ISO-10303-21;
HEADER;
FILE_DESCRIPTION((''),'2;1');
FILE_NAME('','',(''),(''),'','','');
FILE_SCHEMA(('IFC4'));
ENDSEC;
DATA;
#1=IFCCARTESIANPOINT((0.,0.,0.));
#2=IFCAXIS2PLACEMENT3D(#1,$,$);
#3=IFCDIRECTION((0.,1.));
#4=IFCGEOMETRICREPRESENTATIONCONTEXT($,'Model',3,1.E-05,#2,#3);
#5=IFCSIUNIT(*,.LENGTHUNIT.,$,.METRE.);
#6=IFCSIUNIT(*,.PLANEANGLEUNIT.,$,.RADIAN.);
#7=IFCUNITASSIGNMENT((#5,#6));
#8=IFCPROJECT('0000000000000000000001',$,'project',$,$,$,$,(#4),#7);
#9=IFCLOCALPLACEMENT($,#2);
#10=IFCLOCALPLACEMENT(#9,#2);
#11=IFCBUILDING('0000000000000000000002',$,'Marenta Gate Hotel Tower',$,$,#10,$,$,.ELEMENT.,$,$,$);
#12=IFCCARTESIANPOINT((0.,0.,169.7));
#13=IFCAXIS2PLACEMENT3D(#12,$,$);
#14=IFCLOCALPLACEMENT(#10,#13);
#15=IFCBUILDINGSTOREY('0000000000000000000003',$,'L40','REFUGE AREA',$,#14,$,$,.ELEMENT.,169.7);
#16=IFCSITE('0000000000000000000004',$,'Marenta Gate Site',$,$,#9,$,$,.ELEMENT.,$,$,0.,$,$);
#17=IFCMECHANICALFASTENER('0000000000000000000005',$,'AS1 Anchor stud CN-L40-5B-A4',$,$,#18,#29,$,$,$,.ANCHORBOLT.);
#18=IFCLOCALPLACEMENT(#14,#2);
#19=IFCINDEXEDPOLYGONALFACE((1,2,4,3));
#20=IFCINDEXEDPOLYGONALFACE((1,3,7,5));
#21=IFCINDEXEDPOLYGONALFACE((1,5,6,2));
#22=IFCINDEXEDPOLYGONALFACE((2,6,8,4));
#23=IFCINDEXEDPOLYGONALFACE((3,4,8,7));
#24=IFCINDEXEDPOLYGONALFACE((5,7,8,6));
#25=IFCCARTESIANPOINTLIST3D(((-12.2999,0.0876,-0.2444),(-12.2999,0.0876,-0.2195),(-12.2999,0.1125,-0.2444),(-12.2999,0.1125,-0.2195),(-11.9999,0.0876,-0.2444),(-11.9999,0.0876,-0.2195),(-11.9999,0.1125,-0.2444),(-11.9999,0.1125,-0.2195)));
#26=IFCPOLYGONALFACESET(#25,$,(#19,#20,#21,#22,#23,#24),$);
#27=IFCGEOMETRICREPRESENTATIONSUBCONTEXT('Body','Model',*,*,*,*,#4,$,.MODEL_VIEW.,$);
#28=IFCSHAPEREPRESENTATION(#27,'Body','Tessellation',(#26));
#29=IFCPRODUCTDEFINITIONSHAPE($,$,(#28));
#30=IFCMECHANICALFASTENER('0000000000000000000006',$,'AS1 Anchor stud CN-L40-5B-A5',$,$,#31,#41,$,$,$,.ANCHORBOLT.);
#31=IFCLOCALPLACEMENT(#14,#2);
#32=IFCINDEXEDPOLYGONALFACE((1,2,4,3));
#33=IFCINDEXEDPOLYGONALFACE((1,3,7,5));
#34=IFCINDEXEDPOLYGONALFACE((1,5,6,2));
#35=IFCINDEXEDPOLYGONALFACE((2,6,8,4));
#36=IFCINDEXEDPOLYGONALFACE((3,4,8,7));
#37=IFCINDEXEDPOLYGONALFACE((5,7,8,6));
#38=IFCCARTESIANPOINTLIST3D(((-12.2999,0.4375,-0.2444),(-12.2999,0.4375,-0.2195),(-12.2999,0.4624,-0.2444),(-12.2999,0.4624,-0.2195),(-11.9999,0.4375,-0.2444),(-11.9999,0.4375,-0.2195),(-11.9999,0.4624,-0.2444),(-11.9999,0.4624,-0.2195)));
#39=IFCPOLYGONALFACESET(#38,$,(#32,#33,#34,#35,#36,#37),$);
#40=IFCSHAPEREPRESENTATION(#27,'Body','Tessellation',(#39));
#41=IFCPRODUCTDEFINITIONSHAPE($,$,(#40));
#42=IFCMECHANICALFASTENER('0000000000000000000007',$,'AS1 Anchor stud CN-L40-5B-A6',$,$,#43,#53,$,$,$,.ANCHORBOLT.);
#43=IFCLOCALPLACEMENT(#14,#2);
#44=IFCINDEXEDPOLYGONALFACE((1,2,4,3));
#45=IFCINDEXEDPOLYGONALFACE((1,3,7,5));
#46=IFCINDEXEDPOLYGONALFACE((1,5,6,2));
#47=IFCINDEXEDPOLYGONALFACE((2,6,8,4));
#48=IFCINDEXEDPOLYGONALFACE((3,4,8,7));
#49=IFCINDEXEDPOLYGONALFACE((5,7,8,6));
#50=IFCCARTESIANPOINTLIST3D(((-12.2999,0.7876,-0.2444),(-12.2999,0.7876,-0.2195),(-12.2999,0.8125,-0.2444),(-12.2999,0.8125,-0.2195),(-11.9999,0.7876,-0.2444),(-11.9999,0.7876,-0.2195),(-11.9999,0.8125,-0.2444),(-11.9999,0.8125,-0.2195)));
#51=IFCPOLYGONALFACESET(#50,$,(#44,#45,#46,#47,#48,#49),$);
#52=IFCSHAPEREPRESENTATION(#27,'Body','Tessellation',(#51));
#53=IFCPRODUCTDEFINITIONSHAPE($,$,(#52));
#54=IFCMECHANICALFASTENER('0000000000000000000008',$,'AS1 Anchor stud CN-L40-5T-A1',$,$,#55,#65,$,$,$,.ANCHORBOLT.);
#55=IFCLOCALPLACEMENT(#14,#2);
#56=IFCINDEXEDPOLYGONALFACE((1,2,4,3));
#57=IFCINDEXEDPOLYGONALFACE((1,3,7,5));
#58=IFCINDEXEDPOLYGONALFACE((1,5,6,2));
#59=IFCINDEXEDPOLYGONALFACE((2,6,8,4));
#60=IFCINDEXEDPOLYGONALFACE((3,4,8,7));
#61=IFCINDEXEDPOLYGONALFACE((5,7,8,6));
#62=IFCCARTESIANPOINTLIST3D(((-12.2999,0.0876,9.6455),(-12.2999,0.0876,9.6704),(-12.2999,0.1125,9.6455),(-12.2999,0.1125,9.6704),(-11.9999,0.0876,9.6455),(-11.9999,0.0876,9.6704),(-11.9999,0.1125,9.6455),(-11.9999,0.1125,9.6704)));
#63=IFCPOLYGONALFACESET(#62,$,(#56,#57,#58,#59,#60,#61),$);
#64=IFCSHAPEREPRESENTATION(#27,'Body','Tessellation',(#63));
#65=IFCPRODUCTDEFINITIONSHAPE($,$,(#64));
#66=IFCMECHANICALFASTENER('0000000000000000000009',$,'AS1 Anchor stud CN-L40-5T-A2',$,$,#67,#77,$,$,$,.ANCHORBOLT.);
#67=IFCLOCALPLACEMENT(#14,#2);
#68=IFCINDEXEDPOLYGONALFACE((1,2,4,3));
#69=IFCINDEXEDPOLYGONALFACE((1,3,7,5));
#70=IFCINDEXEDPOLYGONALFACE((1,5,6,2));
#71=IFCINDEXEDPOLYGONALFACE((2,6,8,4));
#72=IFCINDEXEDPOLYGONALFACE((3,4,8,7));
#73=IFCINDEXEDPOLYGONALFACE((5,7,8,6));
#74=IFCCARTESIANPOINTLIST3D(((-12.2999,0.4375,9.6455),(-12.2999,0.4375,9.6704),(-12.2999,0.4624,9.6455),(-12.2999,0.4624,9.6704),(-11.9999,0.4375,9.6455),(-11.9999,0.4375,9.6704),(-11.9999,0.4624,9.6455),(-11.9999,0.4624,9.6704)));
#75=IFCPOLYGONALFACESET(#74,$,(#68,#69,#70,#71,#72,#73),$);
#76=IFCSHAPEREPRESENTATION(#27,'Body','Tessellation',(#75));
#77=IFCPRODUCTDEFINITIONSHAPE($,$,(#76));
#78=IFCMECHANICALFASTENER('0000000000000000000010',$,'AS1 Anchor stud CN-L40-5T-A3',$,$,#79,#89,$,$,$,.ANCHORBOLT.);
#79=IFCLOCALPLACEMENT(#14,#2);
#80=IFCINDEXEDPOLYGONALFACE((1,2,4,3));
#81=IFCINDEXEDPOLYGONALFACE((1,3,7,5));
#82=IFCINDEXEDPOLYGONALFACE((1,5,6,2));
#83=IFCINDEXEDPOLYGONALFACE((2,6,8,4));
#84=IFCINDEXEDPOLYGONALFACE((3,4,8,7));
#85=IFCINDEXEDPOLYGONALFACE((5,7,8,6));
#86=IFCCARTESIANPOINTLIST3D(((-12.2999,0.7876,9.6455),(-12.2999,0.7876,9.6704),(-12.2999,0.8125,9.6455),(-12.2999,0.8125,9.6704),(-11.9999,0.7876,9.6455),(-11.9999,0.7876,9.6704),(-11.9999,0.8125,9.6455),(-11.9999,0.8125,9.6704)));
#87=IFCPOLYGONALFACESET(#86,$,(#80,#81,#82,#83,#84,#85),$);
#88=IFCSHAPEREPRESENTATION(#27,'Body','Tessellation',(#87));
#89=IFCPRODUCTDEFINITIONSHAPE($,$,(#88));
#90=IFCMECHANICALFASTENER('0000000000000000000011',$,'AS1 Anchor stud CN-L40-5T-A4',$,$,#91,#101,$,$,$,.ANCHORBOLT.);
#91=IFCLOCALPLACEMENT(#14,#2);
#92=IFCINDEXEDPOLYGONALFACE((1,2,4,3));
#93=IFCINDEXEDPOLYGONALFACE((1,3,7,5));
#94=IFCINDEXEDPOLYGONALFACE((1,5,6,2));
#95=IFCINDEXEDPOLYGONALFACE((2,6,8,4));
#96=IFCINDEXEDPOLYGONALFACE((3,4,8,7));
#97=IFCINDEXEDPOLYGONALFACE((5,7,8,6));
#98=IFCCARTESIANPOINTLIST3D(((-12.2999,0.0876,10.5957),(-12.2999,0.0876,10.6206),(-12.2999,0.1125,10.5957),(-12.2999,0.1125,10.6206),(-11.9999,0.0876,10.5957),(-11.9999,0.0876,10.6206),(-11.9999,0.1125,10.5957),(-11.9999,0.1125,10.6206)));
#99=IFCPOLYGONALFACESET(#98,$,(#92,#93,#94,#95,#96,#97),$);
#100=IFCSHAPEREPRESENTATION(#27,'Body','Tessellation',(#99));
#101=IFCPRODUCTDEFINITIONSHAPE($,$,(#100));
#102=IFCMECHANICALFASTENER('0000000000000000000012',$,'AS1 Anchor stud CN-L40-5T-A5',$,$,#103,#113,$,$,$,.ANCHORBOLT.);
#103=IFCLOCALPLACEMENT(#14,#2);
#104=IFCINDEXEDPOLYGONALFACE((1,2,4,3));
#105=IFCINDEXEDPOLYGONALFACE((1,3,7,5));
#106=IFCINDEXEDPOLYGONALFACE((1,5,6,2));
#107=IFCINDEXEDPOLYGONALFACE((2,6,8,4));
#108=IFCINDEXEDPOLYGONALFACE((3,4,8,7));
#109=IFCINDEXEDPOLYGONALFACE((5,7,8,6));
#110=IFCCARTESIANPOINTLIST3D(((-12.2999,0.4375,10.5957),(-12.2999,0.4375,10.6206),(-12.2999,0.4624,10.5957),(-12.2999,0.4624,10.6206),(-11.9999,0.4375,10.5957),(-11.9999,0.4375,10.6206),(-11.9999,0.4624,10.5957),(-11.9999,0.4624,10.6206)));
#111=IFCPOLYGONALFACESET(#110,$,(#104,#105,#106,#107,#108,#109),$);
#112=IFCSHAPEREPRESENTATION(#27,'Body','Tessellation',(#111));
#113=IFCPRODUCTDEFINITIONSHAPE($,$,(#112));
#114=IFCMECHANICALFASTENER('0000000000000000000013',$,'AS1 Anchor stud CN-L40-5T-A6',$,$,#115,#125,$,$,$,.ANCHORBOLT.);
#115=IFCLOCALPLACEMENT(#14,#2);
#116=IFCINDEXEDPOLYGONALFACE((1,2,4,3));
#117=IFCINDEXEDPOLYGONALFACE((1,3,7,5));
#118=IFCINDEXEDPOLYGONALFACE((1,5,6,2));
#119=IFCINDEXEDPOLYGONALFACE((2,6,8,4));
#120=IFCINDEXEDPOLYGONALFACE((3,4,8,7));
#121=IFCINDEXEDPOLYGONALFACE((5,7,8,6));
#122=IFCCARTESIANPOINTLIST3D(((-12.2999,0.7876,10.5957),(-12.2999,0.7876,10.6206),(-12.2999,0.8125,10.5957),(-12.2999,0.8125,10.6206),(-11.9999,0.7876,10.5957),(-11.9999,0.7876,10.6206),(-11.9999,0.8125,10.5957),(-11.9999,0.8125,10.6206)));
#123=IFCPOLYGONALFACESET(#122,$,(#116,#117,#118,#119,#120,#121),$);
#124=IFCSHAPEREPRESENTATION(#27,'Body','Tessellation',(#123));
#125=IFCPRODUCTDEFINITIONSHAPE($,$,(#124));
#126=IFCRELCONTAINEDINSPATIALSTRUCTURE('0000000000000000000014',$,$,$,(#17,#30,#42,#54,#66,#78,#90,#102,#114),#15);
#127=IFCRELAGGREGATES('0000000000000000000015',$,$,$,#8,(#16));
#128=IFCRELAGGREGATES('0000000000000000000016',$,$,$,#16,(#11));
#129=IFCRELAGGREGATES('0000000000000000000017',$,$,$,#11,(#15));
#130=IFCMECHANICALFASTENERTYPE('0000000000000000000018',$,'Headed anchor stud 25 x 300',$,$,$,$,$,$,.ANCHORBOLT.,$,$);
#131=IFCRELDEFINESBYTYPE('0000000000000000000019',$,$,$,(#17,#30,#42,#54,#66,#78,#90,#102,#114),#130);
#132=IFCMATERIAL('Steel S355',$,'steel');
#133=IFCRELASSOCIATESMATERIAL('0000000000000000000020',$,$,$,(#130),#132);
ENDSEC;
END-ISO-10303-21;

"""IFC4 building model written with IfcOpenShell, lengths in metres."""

from ifc_helpers import new_model, si_unit, direction, frame, origin, origin_2d, place, context, subcontext, project, spatial, rectangle, extrude, material, type_object, element, save


model = new_model("IFC4")

# Units and contexts
model_context = context("Model", 3, precision=1e-05, world=origin(), true_north=direction((0.0, 1.0)))
body_context = subcontext(model_context, "Body", "Model", "MODEL_VIEW")
ifc_project = project(units=[si_unit("LENGTHUNIT", "METRE"), si_unit("PLANEANGLEUNIT", "RADIAN")], contexts=[model_context])

# Site, building, storey
site_placement = place(None, origin())
site = spatial("IfcSite", under=ifc_project, at=site_placement, Name="Marenta Gate Site", CompositionType="ELEMENT", RefElevation=0.0)
building_placement = place(site_placement, origin())
building = spatial("IfcBuilding", under=site, at=building_placement, Name="Marenta Gate Hotel Tower", CompositionType="ELEMENT")
storey_placement = place(building_placement, frame((0.0, 0.0, 169.7)))
storey = spatial("IfcBuildingStorey", under=building, at=storey_placement, Name="L40", Description="REFUGE AREA", CompositionType="ELEMENT", Elevation=169.7)

# Mechanical fasteners
ifc_material_1 = material(Name="Steel S355", Category="steel")
mechanical_fastener_type = type_object("IfcMechanicalFastenerType", Name="Headed anchor stud 25 x 300", PredefinedType="ANCHORBOLT", material=ifc_material_1)
for number, where, z_axis, x_axis, name in (
    (1, (-12.1499, 0.1001, -0.2444), (0.0, 0.0, 1.0), (1.0, 0.0, 0.0), "AS1 Anchor stud CN-L40-5B-A4"),
    (2, (-12.1499, 0.45, -0.2444), (0.0, 0.0, 1.0), (1.0, 0.0, 0.0), "AS1 Anchor stud CN-L40-5B-A5"),
    (3, (-12.1499, 0.8, -0.2444), (0.0, 0.0, 1.0), (1.0, 0.0, 0.0), "AS1 Anchor stud CN-L40-5B-A6"),
    (4, (-12.1499, 0.1001, 9.6455), (0.0, 0.0, 1.0), (1.0, 0.0, 0.0), "AS1 Anchor stud CN-L40-5T-A1"),
    (5, (-12.1499, 0.45, 9.6455), (0.0, 0.0, 1.0), (1.0, 0.0, 0.0), "AS1 Anchor stud CN-L40-5T-A2"),
    (6, (-12.1499, 0.8, 9.6455), (0.0, 0.0, 1.0), (1.0, 0.0, 0.0), "AS1 Anchor stud CN-L40-5T-A3"),
    (7, (-12.1499, 0.1001, 10.5957), (0.0, 0.0, 1.0), (1.0, 0.0, 0.0), "AS1 Anchor stud CN-L40-5T-A4"),
    (8, (-12.1499, 0.45, 10.5957), (0.0, 0.0, 1.0), (1.0, 0.0, 0.0), "AS1 Anchor stud CN-L40-5T-A5"),
    (9, (-12.1499, 0.8, 10.5957), (0.0, 0.0, 1.0), (1.0, 0.0, 0.0), "AS1 Anchor stud CN-L40-5T-A6"),
):
    element("IfcMechanicalFastener", number, at=place(storey_placement, frame(where, z_axis=z_axis, x_axis=x_axis)), inside=storey, type_object=mechanical_fastener_type, Name=name, PredefinedType="ANCHORBOLT", context=body_context, shape_type="SweptSolid", body=[
        extrude(rectangle(XDim=0.3, YDim=0.0249, at=origin_2d()), origin(), (0.0, 0.0, 1.0), 0.0249),
    ])

save(model, "model.ifc")
